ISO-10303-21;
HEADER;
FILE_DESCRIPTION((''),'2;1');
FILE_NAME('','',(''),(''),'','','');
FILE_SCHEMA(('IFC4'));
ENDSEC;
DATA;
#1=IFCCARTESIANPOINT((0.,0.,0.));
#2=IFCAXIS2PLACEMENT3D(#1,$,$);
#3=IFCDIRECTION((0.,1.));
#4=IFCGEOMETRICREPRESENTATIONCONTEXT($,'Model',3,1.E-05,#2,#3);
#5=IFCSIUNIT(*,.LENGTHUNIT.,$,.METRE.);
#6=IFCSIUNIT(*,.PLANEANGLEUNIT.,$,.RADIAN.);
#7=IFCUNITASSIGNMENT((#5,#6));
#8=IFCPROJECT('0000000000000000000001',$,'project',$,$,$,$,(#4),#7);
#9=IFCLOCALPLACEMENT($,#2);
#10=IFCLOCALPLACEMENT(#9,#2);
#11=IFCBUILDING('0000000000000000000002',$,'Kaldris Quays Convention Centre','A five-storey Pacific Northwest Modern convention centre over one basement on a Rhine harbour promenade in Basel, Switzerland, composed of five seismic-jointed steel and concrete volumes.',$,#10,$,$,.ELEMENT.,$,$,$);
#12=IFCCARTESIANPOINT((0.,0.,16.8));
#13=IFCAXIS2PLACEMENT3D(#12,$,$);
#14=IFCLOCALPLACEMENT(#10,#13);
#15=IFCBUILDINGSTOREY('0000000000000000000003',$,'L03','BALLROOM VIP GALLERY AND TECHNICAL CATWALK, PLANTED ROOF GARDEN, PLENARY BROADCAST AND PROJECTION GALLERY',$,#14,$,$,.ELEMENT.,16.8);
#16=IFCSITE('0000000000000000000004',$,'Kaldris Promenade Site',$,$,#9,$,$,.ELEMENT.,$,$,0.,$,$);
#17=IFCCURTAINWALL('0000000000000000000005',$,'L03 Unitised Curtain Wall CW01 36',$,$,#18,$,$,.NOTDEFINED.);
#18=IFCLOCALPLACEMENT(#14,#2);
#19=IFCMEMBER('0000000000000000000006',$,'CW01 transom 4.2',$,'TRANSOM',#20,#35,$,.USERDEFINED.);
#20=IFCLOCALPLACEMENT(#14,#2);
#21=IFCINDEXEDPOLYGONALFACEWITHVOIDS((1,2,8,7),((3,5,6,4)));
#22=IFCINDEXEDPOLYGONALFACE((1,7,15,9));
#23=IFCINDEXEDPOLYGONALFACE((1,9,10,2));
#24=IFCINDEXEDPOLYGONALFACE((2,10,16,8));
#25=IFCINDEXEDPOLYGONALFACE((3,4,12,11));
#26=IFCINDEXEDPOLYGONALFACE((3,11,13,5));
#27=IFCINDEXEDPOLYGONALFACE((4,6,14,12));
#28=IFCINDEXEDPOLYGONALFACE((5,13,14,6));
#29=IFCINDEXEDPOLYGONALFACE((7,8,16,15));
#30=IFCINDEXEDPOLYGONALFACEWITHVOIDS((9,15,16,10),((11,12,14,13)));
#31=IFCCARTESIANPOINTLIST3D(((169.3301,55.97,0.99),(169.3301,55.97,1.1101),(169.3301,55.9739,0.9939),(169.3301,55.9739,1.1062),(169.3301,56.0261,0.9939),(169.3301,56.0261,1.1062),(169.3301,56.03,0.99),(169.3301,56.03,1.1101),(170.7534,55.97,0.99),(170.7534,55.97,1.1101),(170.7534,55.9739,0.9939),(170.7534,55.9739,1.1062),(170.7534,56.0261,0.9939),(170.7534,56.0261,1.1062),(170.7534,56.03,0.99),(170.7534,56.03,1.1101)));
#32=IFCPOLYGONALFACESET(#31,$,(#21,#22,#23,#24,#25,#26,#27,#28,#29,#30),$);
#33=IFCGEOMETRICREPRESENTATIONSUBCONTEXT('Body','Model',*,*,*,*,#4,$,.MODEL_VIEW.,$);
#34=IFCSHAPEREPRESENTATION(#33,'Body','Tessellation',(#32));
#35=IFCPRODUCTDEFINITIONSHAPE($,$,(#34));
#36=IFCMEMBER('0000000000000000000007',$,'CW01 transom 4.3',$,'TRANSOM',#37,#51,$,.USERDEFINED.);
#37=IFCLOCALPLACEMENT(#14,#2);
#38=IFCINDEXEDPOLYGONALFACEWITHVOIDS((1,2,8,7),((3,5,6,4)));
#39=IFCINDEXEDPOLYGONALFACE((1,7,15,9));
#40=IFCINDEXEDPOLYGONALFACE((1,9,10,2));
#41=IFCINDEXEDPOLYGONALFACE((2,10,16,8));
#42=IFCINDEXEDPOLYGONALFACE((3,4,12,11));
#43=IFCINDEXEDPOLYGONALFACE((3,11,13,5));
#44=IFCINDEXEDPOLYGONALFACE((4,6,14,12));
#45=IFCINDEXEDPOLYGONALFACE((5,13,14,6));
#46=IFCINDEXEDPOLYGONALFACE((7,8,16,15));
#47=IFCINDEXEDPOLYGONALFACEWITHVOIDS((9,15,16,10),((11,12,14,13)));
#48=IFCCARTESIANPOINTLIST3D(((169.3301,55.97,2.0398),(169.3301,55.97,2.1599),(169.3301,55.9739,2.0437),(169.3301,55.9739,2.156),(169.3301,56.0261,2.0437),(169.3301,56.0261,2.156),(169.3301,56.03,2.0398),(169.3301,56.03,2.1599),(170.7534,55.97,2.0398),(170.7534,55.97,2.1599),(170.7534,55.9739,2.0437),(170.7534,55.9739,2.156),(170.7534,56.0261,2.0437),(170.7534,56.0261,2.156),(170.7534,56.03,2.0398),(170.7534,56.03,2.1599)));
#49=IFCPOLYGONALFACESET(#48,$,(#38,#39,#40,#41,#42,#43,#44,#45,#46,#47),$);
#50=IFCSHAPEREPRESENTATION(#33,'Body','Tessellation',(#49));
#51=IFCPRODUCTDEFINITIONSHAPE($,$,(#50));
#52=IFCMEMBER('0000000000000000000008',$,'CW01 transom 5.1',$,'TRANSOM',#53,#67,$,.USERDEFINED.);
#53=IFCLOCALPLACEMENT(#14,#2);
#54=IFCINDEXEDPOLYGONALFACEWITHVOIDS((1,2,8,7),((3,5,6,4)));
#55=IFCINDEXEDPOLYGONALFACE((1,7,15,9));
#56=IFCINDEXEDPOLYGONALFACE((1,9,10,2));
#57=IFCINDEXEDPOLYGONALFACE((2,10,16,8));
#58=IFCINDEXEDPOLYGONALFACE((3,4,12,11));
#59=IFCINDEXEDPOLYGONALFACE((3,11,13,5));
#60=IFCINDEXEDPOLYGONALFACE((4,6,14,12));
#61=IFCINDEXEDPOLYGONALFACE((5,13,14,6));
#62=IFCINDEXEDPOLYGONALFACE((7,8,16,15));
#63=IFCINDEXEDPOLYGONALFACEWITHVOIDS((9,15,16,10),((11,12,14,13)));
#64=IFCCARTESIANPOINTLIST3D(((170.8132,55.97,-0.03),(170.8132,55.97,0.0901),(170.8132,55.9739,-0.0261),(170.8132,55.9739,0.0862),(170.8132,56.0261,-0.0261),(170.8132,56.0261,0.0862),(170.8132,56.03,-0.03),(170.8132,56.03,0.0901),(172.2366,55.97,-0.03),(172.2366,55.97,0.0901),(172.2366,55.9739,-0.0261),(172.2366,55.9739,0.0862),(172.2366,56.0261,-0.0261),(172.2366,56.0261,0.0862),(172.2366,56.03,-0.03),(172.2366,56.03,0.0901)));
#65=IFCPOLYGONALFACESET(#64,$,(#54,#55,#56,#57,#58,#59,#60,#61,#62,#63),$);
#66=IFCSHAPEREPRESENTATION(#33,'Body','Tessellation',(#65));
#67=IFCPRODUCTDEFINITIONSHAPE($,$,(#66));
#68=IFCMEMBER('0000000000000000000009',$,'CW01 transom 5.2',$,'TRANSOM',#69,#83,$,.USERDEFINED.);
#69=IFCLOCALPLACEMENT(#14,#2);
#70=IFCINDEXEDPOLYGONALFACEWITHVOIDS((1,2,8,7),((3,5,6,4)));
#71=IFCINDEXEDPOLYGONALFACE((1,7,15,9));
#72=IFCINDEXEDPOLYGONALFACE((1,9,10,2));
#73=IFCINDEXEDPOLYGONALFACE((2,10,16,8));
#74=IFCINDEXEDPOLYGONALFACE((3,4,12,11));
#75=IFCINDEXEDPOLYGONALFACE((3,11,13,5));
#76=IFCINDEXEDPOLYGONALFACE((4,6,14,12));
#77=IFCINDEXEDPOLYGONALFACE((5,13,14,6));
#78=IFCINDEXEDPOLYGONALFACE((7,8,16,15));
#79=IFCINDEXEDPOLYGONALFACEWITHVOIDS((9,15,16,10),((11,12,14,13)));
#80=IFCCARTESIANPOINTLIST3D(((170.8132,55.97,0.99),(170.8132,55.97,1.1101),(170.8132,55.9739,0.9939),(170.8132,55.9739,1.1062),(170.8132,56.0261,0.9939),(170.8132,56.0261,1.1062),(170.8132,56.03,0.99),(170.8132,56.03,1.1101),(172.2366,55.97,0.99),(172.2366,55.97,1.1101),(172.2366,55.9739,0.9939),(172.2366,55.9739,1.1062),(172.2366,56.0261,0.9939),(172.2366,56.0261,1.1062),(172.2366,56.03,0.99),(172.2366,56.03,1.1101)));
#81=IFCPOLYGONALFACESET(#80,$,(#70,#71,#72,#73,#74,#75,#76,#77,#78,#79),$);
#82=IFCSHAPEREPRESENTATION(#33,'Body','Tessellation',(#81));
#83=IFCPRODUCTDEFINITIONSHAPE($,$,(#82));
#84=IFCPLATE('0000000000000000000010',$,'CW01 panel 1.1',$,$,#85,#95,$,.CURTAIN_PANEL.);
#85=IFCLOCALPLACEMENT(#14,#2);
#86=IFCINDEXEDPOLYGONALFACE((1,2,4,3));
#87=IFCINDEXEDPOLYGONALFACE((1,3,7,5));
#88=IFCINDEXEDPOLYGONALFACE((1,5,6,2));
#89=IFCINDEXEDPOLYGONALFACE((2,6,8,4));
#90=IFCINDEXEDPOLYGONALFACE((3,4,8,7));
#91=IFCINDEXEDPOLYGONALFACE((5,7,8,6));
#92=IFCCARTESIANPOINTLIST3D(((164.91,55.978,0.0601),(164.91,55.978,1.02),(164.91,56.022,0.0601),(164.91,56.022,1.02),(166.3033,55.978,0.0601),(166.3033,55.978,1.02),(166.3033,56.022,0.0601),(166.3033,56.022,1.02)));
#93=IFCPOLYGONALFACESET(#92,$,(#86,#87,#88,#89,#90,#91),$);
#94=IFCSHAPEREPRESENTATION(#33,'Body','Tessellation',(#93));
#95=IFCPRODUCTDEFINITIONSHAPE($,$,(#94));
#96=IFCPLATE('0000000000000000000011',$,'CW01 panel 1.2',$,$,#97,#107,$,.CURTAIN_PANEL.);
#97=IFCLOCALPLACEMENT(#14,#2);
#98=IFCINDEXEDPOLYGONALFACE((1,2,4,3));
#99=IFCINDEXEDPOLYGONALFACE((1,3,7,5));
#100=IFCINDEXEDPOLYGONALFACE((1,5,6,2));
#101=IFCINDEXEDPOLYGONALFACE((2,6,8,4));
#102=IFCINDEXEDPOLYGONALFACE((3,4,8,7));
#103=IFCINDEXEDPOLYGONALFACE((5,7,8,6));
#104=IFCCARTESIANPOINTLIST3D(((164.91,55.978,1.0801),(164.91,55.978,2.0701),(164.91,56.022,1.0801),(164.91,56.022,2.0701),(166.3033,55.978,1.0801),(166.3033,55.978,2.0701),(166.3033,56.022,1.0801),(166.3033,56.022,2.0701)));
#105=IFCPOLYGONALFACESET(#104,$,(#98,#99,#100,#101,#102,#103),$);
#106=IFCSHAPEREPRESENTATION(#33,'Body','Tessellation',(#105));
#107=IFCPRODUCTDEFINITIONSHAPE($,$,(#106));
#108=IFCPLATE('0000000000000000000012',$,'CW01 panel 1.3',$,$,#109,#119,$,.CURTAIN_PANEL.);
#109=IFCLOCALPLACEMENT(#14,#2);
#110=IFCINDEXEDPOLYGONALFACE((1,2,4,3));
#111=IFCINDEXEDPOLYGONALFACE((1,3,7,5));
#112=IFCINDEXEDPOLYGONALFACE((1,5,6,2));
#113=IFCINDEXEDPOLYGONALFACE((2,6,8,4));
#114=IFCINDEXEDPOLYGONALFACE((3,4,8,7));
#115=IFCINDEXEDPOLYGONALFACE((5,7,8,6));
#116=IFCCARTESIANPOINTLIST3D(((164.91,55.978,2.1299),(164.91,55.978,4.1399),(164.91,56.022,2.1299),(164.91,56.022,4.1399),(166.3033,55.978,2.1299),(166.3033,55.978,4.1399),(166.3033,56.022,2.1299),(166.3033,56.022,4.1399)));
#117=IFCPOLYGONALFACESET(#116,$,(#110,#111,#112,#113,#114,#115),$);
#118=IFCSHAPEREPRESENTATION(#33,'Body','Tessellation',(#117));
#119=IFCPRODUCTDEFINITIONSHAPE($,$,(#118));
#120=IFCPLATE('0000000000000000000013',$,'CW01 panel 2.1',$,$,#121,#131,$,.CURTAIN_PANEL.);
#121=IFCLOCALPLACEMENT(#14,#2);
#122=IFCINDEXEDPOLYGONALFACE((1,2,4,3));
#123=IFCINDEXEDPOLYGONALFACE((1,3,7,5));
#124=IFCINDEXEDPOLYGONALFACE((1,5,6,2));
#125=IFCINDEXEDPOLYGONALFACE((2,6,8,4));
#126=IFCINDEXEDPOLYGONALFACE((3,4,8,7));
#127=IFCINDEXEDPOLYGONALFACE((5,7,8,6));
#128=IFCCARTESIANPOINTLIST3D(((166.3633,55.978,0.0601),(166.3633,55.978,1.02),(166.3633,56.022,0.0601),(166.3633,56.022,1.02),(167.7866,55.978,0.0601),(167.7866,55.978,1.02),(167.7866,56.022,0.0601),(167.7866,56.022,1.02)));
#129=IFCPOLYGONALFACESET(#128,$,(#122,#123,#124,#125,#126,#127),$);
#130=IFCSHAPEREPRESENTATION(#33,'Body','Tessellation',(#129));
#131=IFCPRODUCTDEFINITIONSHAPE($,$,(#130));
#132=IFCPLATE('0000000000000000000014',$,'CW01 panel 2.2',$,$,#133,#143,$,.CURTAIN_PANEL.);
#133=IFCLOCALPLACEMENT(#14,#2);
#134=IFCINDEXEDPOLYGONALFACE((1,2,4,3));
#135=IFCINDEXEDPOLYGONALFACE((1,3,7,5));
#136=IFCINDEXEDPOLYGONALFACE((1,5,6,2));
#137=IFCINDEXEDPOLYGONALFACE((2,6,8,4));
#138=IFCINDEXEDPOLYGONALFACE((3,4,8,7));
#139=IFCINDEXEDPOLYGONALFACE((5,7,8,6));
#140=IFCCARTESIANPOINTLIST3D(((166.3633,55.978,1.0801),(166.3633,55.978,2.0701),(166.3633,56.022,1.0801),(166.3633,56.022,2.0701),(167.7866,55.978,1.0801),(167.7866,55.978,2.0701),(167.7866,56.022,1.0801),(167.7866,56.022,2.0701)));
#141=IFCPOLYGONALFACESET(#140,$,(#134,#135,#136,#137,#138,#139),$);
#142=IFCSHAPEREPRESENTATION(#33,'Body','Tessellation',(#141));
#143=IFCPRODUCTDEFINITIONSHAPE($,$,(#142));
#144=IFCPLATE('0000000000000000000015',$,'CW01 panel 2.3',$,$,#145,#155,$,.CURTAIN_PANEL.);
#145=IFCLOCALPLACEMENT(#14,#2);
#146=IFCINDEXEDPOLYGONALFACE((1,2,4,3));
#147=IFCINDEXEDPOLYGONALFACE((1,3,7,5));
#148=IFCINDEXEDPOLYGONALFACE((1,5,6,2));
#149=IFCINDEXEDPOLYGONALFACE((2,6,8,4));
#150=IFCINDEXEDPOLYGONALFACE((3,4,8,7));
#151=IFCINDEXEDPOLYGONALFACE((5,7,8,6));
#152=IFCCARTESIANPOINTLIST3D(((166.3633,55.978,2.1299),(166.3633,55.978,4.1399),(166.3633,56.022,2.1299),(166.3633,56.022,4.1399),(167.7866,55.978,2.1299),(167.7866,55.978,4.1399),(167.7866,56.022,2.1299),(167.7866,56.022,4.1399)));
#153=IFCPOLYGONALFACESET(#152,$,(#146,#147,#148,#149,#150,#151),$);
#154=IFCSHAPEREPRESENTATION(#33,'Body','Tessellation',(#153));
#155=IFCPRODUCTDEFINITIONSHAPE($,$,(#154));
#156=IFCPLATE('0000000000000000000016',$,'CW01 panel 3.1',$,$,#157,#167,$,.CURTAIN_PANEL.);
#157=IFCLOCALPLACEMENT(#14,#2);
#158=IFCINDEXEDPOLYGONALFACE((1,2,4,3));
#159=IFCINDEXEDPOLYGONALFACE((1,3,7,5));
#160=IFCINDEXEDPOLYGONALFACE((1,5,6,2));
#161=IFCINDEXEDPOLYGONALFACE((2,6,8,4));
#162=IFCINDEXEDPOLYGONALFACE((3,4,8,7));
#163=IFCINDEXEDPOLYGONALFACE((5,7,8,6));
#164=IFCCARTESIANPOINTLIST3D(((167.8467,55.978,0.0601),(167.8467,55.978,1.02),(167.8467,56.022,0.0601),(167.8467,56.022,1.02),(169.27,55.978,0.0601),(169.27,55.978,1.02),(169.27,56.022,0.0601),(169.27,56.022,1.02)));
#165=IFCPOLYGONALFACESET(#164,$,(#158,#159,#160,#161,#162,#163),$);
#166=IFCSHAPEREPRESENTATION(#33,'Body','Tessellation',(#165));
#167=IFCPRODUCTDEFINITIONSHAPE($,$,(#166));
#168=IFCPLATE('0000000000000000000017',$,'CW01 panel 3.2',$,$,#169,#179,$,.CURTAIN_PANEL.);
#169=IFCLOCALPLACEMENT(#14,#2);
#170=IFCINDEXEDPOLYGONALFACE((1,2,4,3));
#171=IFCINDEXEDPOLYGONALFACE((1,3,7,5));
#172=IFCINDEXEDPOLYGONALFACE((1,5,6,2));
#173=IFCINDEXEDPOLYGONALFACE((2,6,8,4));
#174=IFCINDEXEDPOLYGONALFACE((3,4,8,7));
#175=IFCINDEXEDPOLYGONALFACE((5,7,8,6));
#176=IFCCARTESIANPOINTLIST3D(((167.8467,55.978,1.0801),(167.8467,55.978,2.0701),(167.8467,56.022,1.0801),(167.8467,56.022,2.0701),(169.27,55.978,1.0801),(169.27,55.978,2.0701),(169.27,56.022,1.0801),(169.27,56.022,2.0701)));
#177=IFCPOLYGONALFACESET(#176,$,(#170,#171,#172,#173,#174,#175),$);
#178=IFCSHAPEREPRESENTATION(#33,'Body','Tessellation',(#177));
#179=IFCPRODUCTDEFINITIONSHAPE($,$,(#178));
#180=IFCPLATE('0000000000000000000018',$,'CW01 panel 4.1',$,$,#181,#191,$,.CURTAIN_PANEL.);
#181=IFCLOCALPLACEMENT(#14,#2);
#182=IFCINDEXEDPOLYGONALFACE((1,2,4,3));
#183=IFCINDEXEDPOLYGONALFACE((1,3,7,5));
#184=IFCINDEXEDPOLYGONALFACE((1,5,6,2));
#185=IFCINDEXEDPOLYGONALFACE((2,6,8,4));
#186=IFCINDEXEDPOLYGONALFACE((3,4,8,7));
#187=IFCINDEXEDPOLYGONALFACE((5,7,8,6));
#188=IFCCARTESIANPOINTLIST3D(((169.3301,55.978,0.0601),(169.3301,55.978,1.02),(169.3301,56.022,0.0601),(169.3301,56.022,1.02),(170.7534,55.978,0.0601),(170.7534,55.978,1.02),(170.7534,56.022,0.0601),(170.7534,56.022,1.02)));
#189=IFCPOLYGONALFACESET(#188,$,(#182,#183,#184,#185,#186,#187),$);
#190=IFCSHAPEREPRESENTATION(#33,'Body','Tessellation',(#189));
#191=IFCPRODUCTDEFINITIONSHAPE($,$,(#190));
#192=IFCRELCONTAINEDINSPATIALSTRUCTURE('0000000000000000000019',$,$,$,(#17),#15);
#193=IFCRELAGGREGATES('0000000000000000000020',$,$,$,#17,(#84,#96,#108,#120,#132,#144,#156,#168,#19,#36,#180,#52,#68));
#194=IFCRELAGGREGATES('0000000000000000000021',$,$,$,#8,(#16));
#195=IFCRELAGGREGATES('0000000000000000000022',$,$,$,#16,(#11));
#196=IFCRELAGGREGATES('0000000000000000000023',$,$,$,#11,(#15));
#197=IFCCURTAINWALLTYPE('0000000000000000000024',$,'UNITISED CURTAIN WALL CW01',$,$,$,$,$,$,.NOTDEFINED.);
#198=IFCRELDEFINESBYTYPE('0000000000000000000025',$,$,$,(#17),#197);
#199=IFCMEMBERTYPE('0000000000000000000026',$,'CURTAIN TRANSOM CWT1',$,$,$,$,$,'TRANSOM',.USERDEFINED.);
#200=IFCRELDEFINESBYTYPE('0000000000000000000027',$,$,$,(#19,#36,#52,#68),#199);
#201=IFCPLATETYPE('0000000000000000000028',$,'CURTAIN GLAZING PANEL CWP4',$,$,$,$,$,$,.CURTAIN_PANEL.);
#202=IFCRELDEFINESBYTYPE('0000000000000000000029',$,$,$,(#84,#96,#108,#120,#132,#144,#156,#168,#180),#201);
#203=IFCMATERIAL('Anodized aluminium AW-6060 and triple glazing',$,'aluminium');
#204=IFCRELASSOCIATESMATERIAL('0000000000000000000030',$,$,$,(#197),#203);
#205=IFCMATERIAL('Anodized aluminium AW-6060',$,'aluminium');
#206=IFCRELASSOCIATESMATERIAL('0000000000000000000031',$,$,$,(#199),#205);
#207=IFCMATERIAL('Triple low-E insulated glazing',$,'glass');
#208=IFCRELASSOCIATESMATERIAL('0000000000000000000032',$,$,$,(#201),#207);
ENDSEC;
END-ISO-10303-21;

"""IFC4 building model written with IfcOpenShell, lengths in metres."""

from ifc_helpers import new_model, si_unit, direction, frame, origin, origin_2d, place, context, subcontext, project, spatial, rectangle, hollow_rectangle, extrude, material, material_profile, profile_set, type_object, element, aggregate, save


model = new_model("IFC4")

# Units and contexts
model_context = context("Model", 3, precision=1e-05, world=origin(), true_north=direction((0.0, 1.0)))
body_context = subcontext(model_context, "Body", "Model", "MODEL_VIEW")
ifc_project = project(units=[si_unit("LENGTHUNIT", "METRE"), si_unit("PLANEANGLEUNIT", "RADIAN")], contexts=[model_context])

# Site, building, storey
site_placement = place(None, origin())
site = spatial("IfcSite", under=ifc_project, at=site_placement, Name="Kaldris Promenade Site", CompositionType="ELEMENT", RefElevation=0.0)
building_placement = place(site_placement, origin())
building = spatial("IfcBuilding", under=site, at=building_placement, Name="Kaldris Quays Convention Centre", Description="A five-storey Pacific Northwest Modern convention centre over one basement on a Rhine harbour promenade in Basel, Switzerland, composed of five seismic-jointed steel and concrete volumes.", CompositionType="ELEMENT")
storey_placement = place(building_placement, frame((0.0, 0.0, 16.8)))
storey = spatial("IfcBuildingStorey", under=building, at=storey_placement, Name="L03", Description="BALLROOM VIP GALLERY AND TECHNICAL CATWALK, PLANTED ROOF GARDEN, PLENARY BROADCAST AND PROJECTION GALLERY", CompositionType="ELEMENT", Elevation=16.8)

# Curtain wall, members, plates
ifc_material_1 = material(Name="Anodized aluminium AW-6060 and triple glazing", Category="aluminium")
curtain_wall_type = type_object("IfcCurtainWallType", Name="UNITISED CURTAIN WALL CW01", PredefinedType="NOTDEFINED", material=ifc_material_1)
curtain_wall_placement = place(storey_placement, origin())
curtain_wall = element("IfcCurtainWall", 1, at=curtain_wall_placement, inside=storey, type_object=curtain_wall_type, Name="L03 Unitised Curtain Wall CW01 36", PredefinedType="NOTDEFINED")
ifc_material_2 = material(Name="Anodized aluminium AW-6060", Category="aluminium")
ifc_material_profile_1 = material_profile(ifc_material_2, hollow_rectangle(XDim=0.0601, YDim=0.1201, WallThickness=0.0039, at=origin_2d()), Name="RHS 120x60x4")
ifc_profile_set_1 = profile_set([ifc_material_profile_1], Name="Anodized aluminium AW-6060")
member_type_1 = type_object("IfcMemberType", Name="CURTAIN TRANSOM CWT1", ElementType="TRANSOM", PredefinedType="USERDEFINED", material=ifc_profile_set_1)
member_1_placement = place(storey_placement, frame((169.3301, 56.0, 1.05), z_axis=(1.0, 0.0, 0.0), x_axis=(0.0, 1.0, 0.0)))
member_1 = element("IfcMember", 2, at=member_1_placement, type_object=member_type_1, Name="CW01 transom 4.2", ObjectType="TRANSOM", PredefinedType="USERDEFINED", context=body_context, shape_type="SweptSolid", body=[
    extrude(hollow_rectangle(XDim=0.0601, YDim=0.1201, WallThickness=0.0039, at=origin_2d()), origin(), (0.0, 0.0, 1.0), 1.4233),
])
member_2_placement = place(storey_placement, frame((169.3301, 56.0, 2.0999), z_axis=(1.0, 0.0, 0.0), x_axis=(0.0, 1.0, 0.0)))
member_2 = element("IfcMember", 3, at=member_2_placement, type_object=member_type_1, Name="CW01 transom 4.3", ObjectType="TRANSOM", PredefinedType="USERDEFINED", context=body_context, shape_type="SweptSolid", body=[
    extrude(hollow_rectangle(XDim=0.0601, YDim=0.1201, WallThickness=0.0039, at=origin_2d()), origin(), (0.0, 0.0, 1.0), 1.4233),
])
member_3_placement = place(storey_placement, frame((170.8132, 56.0, 0.03), z_axis=(1.0, 0.0, 0.0), x_axis=(0.0, 1.0, 0.0)))
member_3 = element("IfcMember", 4, at=member_3_placement, type_object=member_type_1, Name="CW01 transom 5.1", ObjectType="TRANSOM", PredefinedType="USERDEFINED", context=body_context, shape_type="SweptSolid", body=[
    extrude(hollow_rectangle(XDim=0.0601, YDim=0.1201, WallThickness=0.0039, at=origin_2d()), origin(), (0.0, 0.0, 1.0), 1.4233),
])
member_4_placement = place(storey_placement, frame((170.8132, 56.0, 1.05), z_axis=(1.0, 0.0, 0.0), x_axis=(0.0, 1.0, 0.0)))
member_4 = element("IfcMember", 5, at=member_4_placement, type_object=member_type_1, Name="CW01 transom 5.2", ObjectType="TRANSOM", PredefinedType="USERDEFINED", context=body_context, shape_type="SweptSolid", body=[
    extrude(hollow_rectangle(XDim=0.0601, YDim=0.1201, WallThickness=0.0039, at=origin_2d()), origin(), (0.0, 0.0, 1.0), 1.4233),
])
ifc_material_3 = material(Name="Triple low-E insulated glazing", Category="glass")
plate_type = type_object("IfcPlateType", Name="CURTAIN GLAZING PANEL CWP4", PredefinedType="CURTAIN_PANEL", material=ifc_material_3)
plate_1_placement = place(storey_placement, frame((165.6067, 56.0, 0.0601), z_axis=(0.0, 0.0, 1.0), x_axis=(1.0, 0.0, 0.0)))
plate_1 = element("IfcPlate", 6, at=plate_1_placement, type_object=plate_type, Name="CW01 panel 1.1", PredefinedType="CURTAIN_PANEL", context=body_context, shape_type="SweptSolid", body=[
    extrude(rectangle(XDim=1.3933, YDim=0.0439, at=origin_2d()), origin(), (0.0, 0.0, 1.0), 0.96),
])
plate_2_placement = place(storey_placement, frame((165.6067, 56.0, 1.0801), z_axis=(0.0, 0.0, 1.0), x_axis=(1.0, 0.0, 0.0)))
plate_2 = element("IfcPlate", 7, at=plate_2_placement, type_object=plate_type, Name="CW01 panel 1.2", PredefinedType="CURTAIN_PANEL", context=body_context, shape_type="SweptSolid", body=[
    extrude(rectangle(XDim=1.3933, YDim=0.0439, at=origin_2d()), origin(), (0.0, 0.0, 1.0), 0.99),
])
plate_3_placement = place(storey_placement, frame((165.6067, 56.0, 2.1299), z_axis=(0.0, 0.0, 1.0), x_axis=(1.0, 0.0, 0.0)))
plate_3 = element("IfcPlate", 8, at=plate_3_placement, type_object=plate_type, Name="CW01 panel 1.3", PredefinedType="CURTAIN_PANEL", context=body_context, shape_type="SweptSolid", body=[
    extrude(rectangle(XDim=1.3933, YDim=0.0439, at=origin_2d()), origin(), (0.0, 0.0, 1.0), 2.01),
])
plate_4_placement = place(storey_placement, frame((167.075, 56.0, 0.0601), z_axis=(0.0, 0.0, 1.0), x_axis=(1.0, 0.0, 0.0)))
plate_4 = element("IfcPlate", 9, at=plate_4_placement, type_object=plate_type, Name="CW01 panel 2.1", PredefinedType="CURTAIN_PANEL", context=body_context, shape_type="SweptSolid", body=[
    extrude(rectangle(XDim=1.4233, YDim=0.0439, at=origin_2d()), origin(), (0.0, 0.0, 1.0), 0.96),
])
plate_5_placement = place(storey_placement, frame((167.075, 56.0, 1.0801), z_axis=(0.0, 0.0, 1.0), x_axis=(1.0, 0.0, 0.0)))
plate_5 = element("IfcPlate", 10, at=plate_5_placement, type_object=plate_type, Name="CW01 panel 2.2", PredefinedType="CURTAIN_PANEL", context=body_context, shape_type="SweptSolid", body=[
    extrude(rectangle(XDim=1.4233, YDim=0.0439, at=origin_2d()), origin(), (0.0, 0.0, 1.0), 0.99),
])
plate_6_placement = place(storey_placement, frame((167.075, 56.0, 2.1299), z_axis=(0.0, 0.0, 1.0), x_axis=(1.0, 0.0, 0.0)))
plate_6 = element("IfcPlate", 11, at=plate_6_placement, type_object=plate_type, Name="CW01 panel 2.3", PredefinedType="CURTAIN_PANEL", context=body_context, shape_type="SweptSolid", body=[
    extrude(rectangle(XDim=1.4233, YDim=0.0439, at=origin_2d()), origin(), (0.0, 0.0, 1.0), 2.01),
])
plate_7_placement = place(storey_placement, frame((168.5583, 56.0, 0.0601), z_axis=(0.0, 0.0, 1.0), x_axis=(1.0, 0.0, 0.0)))
plate_7 = element("IfcPlate", 12, at=plate_7_placement, type_object=plate_type, Name="CW01 panel 3.1", PredefinedType="CURTAIN_PANEL", context=body_context, shape_type="SweptSolid", body=[
    extrude(rectangle(XDim=1.4233, YDim=0.0439, at=origin_2d()), origin(), (0.0, 0.0, 1.0), 0.96),
])
plate_8_placement = place(storey_placement, frame((168.5583, 56.0, 1.0801), z_axis=(0.0, 0.0, 1.0), x_axis=(1.0, 0.0, 0.0)))
plate_8 = element("IfcPlate", 13, at=plate_8_placement, type_object=plate_type, Name="CW01 panel 3.2", PredefinedType="CURTAIN_PANEL", context=body_context, shape_type="SweptSolid", body=[
    extrude(rectangle(XDim=1.4233, YDim=0.0439, at=origin_2d()), origin(), (0.0, 0.0, 1.0), 0.99),
])
plate_9_placement = place(storey_placement, frame((170.0417, 56.0, 0.0601), z_axis=(0.0, 0.0, 1.0), x_axis=(1.0, 0.0, 0.0)))
plate_9 = element("IfcPlate", 14, at=plate_9_placement, type_object=plate_type, Name="CW01 panel 4.1", PredefinedType="CURTAIN_PANEL", context=body_context, shape_type="SweptSolid", body=[
    extrude(rectangle(XDim=1.4233, YDim=0.0439, at=origin_2d()), origin(), (0.0, 0.0, 1.0), 0.96),
])
aggregate(curtain_wall, [plate_1, plate_2, plate_3, plate_4, plate_5, plate_6, plate_7, plate_8, member_1, member_2, plate_9, member_3, member_4])

save(model, "model.ifc")
